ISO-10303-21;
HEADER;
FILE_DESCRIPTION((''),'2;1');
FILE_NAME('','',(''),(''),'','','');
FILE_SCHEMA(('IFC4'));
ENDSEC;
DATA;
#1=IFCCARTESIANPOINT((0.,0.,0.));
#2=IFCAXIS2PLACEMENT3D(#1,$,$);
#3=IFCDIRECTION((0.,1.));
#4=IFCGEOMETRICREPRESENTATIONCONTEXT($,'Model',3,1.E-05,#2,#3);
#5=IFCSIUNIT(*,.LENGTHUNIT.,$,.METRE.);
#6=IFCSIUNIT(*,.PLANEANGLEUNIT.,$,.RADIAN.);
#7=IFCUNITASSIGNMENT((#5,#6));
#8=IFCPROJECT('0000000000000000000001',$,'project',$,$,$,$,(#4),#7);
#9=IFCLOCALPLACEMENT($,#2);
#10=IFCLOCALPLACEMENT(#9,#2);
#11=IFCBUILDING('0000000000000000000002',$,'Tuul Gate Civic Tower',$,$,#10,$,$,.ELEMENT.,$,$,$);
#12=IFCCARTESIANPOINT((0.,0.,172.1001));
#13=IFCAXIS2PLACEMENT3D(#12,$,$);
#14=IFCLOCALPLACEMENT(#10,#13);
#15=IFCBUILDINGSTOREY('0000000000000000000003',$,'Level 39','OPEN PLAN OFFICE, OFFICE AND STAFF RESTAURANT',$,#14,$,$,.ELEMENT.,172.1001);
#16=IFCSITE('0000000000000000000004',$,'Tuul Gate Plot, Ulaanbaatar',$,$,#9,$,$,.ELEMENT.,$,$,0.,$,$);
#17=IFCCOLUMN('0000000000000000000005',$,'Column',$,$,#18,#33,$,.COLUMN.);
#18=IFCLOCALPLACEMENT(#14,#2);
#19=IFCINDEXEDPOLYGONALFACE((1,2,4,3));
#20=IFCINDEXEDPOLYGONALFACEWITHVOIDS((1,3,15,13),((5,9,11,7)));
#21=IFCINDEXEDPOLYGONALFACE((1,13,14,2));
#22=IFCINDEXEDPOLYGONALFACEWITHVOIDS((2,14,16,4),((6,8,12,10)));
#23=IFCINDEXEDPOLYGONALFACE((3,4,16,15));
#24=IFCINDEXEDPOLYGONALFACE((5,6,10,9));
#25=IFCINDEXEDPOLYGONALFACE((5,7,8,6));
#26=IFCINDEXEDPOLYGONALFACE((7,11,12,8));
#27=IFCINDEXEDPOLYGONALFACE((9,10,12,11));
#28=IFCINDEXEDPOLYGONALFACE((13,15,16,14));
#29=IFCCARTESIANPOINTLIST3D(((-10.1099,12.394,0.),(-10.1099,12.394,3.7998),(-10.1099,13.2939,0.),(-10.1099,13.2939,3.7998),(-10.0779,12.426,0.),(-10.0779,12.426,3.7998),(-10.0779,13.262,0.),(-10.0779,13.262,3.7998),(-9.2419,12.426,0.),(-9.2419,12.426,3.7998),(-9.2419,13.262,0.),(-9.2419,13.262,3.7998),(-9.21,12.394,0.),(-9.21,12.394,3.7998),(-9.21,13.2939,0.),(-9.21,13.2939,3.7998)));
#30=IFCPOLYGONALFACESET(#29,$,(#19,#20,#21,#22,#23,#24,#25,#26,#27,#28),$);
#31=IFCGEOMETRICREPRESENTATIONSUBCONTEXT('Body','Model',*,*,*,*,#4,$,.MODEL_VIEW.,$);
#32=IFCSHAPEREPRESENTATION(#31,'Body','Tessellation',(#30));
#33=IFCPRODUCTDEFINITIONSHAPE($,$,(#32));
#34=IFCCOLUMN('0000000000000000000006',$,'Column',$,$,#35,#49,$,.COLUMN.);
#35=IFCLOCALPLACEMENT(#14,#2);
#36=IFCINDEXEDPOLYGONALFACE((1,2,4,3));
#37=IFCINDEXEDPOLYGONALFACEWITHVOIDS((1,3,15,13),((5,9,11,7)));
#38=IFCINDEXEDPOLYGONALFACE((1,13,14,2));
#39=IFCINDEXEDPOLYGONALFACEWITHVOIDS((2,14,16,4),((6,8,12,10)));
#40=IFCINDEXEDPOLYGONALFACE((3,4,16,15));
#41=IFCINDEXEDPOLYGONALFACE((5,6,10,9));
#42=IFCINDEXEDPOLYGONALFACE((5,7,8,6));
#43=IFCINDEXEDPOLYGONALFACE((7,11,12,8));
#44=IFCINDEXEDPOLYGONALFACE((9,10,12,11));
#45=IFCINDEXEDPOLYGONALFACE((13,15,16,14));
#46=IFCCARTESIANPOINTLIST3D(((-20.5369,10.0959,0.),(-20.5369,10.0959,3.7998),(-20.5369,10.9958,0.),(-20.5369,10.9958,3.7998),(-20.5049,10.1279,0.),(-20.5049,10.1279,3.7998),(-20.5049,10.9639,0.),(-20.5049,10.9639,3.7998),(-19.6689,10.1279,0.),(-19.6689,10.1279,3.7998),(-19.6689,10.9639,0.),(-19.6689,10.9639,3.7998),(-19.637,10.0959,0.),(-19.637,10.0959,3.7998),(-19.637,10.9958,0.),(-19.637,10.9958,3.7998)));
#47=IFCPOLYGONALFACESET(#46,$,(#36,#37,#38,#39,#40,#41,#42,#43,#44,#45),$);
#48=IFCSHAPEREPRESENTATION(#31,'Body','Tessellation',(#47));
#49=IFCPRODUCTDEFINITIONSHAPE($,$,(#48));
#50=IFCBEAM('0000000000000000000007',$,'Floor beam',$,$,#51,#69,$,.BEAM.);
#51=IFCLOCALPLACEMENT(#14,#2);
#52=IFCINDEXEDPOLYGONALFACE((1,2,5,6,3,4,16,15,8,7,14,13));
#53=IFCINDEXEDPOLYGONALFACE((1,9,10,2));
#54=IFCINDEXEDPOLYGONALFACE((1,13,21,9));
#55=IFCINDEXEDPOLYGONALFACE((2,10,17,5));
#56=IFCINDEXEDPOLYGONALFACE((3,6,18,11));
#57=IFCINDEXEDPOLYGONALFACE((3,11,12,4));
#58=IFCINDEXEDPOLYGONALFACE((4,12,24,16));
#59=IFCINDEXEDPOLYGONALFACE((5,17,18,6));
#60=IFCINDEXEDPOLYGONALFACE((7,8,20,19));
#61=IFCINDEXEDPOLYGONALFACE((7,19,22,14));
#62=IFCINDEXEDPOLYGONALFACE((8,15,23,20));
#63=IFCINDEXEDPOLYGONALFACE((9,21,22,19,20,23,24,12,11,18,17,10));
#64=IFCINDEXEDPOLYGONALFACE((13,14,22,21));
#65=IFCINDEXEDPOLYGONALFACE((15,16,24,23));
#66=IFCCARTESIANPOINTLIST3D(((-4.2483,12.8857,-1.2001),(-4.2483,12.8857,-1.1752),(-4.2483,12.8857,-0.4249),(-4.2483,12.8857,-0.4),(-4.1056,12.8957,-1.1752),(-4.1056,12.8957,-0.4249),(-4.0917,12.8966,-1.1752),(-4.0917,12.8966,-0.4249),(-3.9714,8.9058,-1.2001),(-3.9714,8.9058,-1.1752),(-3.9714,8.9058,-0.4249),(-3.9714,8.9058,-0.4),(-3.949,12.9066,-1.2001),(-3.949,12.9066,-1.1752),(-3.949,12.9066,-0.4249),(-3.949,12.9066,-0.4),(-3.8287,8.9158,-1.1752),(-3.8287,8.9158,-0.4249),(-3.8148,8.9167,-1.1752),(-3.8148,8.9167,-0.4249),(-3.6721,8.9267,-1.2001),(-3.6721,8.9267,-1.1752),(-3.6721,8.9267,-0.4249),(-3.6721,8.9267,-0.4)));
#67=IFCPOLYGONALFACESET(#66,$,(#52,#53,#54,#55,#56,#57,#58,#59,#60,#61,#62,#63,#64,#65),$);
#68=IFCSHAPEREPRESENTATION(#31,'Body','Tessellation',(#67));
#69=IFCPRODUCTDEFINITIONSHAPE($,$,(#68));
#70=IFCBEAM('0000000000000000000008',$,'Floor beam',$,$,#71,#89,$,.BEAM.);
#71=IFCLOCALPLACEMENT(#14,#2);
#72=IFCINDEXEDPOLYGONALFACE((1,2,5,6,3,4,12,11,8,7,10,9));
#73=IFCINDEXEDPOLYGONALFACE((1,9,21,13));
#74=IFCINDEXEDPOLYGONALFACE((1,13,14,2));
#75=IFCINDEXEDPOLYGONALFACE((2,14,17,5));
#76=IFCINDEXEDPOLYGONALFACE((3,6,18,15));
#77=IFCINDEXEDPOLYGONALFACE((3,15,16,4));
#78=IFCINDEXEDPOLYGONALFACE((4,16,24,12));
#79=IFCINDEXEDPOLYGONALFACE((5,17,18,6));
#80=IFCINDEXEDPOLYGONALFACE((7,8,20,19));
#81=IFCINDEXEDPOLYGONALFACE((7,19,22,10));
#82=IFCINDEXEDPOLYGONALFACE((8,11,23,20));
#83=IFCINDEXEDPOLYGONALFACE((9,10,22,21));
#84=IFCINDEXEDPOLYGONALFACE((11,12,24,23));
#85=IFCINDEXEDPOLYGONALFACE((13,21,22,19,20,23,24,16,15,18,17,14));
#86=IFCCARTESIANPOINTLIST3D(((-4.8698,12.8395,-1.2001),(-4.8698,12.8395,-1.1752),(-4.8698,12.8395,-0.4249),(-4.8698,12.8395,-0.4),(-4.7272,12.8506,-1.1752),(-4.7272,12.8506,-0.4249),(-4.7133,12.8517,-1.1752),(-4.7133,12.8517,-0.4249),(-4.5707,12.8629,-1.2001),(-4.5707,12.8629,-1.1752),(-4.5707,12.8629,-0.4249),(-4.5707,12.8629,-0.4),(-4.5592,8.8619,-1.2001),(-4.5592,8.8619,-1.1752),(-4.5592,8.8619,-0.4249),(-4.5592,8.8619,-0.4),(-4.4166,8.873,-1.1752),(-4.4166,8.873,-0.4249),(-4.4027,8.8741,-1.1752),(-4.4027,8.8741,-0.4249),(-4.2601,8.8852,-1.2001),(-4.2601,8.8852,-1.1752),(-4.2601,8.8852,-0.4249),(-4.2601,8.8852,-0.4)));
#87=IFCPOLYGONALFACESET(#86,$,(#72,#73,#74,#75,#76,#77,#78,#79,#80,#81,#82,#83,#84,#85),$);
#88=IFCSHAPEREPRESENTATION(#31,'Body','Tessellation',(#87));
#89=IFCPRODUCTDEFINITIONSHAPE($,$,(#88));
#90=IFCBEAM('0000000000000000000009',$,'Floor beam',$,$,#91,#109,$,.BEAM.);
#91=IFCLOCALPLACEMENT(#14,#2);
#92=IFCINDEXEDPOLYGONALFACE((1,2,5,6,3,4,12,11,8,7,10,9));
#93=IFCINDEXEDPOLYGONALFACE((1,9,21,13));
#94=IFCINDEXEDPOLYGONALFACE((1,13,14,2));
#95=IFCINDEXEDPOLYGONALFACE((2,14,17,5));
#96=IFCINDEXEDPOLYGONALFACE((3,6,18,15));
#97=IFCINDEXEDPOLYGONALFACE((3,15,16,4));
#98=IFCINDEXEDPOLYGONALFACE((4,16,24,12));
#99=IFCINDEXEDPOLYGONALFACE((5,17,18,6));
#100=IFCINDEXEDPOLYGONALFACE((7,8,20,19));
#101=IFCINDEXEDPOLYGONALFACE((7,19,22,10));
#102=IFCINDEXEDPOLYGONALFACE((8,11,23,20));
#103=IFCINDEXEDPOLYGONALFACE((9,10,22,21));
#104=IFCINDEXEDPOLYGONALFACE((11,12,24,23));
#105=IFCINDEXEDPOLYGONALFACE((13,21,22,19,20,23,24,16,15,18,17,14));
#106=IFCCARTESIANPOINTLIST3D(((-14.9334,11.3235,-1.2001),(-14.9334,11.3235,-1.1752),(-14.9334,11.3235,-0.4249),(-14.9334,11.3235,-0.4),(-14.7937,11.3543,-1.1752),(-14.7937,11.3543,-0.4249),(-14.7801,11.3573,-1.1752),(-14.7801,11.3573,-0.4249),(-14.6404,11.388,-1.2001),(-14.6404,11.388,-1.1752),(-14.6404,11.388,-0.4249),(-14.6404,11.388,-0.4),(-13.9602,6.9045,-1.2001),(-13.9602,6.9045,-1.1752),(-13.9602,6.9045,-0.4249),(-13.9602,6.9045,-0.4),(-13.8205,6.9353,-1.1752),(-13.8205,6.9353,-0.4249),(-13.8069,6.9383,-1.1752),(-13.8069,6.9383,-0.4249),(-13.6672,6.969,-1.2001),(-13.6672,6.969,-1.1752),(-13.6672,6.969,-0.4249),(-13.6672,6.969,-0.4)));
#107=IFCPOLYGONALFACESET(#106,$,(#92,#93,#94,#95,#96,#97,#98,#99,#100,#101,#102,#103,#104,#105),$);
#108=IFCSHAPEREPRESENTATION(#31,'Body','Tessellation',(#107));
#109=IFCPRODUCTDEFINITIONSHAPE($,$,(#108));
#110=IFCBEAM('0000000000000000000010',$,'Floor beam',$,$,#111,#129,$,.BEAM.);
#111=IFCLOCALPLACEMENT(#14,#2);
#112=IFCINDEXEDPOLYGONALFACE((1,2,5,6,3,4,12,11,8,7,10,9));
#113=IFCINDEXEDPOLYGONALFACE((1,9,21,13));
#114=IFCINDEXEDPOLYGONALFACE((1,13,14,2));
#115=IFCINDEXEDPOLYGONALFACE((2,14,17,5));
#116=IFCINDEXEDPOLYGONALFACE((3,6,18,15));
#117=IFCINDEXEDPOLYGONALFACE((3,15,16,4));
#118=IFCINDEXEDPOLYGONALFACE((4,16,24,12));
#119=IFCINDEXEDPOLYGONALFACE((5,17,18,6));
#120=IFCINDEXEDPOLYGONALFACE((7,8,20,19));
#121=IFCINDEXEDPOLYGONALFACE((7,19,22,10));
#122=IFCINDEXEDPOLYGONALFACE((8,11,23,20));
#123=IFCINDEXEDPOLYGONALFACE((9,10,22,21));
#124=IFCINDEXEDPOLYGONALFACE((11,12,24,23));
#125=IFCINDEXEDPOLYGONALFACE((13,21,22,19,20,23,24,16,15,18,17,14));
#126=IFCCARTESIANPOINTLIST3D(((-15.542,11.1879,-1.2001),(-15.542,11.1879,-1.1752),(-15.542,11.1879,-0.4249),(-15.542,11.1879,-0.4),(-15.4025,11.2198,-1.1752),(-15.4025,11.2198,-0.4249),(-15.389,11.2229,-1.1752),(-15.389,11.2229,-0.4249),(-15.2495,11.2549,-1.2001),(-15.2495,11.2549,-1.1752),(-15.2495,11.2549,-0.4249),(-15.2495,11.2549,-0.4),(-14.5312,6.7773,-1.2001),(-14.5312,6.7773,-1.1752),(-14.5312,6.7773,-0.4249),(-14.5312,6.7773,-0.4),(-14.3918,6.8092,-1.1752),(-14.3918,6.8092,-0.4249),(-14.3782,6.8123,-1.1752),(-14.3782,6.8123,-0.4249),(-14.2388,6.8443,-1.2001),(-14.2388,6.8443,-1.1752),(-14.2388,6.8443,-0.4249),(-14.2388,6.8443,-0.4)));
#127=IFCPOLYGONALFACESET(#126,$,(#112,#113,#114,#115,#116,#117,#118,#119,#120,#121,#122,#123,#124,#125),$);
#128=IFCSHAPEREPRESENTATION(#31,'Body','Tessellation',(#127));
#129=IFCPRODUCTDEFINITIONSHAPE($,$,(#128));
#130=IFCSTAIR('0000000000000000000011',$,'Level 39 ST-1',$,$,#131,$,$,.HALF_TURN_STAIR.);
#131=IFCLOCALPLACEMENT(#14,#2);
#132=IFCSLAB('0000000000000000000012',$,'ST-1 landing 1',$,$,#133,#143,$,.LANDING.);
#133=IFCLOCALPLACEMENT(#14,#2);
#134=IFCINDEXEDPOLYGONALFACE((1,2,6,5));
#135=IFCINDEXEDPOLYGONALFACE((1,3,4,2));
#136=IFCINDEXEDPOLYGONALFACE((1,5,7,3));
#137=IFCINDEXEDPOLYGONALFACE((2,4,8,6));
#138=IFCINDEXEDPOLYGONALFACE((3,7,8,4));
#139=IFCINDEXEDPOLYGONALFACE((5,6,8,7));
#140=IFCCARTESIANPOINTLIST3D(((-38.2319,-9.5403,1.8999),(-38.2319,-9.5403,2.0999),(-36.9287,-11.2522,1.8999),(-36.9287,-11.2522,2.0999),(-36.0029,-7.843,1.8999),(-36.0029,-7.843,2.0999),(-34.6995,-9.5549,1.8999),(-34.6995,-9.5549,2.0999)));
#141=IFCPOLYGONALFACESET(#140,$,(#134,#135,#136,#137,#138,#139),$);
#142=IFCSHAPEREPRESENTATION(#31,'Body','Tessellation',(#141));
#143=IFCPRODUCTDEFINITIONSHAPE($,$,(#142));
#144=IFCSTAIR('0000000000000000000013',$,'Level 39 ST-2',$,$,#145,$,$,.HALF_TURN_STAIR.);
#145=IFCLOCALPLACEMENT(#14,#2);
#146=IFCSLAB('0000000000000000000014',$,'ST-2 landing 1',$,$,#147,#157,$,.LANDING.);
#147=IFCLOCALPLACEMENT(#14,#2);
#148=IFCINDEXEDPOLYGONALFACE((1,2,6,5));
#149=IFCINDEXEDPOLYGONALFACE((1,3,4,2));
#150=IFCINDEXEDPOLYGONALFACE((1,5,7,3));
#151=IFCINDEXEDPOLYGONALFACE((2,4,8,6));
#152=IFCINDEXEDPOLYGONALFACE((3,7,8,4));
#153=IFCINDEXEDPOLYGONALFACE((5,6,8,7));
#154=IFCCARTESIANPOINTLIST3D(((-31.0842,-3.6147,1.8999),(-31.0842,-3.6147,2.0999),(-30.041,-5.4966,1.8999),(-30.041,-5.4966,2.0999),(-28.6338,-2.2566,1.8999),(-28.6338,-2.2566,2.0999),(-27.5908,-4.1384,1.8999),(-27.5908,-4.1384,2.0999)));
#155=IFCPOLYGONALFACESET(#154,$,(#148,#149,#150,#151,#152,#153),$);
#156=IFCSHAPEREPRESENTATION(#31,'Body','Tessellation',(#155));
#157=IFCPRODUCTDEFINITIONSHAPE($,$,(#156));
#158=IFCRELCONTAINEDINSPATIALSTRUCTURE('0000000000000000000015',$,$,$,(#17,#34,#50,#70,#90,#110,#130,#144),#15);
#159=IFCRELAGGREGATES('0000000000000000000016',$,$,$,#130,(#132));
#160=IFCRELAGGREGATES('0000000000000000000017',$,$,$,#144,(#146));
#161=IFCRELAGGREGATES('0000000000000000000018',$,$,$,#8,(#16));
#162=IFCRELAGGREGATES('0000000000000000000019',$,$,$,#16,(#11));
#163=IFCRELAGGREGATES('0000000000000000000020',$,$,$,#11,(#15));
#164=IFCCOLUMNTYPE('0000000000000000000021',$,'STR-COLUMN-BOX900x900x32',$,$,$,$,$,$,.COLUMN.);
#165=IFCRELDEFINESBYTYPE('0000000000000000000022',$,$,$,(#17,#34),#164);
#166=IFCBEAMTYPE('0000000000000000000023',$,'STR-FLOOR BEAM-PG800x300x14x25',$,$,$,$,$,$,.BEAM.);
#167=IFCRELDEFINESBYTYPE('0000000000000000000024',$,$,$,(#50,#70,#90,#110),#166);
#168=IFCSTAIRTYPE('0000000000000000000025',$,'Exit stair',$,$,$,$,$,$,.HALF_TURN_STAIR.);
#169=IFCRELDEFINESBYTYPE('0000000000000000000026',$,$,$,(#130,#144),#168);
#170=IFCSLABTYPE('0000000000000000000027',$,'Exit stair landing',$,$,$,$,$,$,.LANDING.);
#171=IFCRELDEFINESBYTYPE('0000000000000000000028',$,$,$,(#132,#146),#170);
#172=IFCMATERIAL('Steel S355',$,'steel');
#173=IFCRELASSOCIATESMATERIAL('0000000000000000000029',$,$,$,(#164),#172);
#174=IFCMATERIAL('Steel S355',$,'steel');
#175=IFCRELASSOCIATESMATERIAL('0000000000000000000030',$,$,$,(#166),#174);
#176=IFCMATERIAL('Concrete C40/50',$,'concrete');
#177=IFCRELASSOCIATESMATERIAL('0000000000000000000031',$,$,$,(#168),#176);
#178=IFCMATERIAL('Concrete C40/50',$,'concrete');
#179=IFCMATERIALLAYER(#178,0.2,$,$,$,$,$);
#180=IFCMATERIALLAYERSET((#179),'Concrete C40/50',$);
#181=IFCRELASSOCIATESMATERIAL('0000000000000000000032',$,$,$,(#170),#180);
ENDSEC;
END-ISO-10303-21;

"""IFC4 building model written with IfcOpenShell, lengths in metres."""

from ifc_helpers import new_model, si_unit, direction, frame, origin, origin_2d, place, context, subcontext, project, spatial, polyline, hollow_rectangle, i_section, outline, extrude, material, layer, layer_set, material_profile, profile_set, type_object, element, aggregate, save


model = new_model("IFC4")

# Units and contexts
model_context = context("Model", 3, precision=1e-05, world=origin(), true_north=direction((0.0, 1.0)))
body_context = subcontext(model_context, "Body", "Model", "MODEL_VIEW")
ifc_project = project(units=[si_unit("LENGTHUNIT", "METRE"), si_unit("PLANEANGLEUNIT", "RADIAN")], contexts=[model_context])

# Site, building, storey
site_placement = place(None, origin())
site = spatial("IfcSite", under=ifc_project, at=site_placement, Name="Tuul Gate Plot, Ulaanbaatar", CompositionType="ELEMENT", RefElevation=0.0)
building_placement = place(site_placement, origin())
building = spatial("IfcBuilding", under=site, at=building_placement, Name="Tuul Gate Civic Tower", CompositionType="ELEMENT")
storey_placement = place(building_placement, frame((0.0, 0.0, 172.1001)))
storey = spatial("IfcBuildingStorey", under=building, at=storey_placement, Name="Level 39", Description="OPEN PLAN OFFICE, OFFICE AND STAFF RESTAURANT", CompositionType="ELEMENT", Elevation=172.1001)

# Columns
ifc_material_1 = material(Name="Steel S355", Category="steel")
ifc_material_profile_1 = material_profile(ifc_material_1, hollow_rectangle(XDim=0.8999, YDim=0.8999, WallThickness=0.032, at=origin_2d()), Name="BOX900x900x32")
ifc_profile_set_1 = profile_set([ifc_material_profile_1], Name="Steel S355")
column_type = type_object("IfcColumnType", Name="STR-COLUMN-BOX900x900x32", PredefinedType="COLUMN", material=ifc_profile_set_1)
for number, where, z_axis, x_axis, name in (
    (1, (-9.6599, 12.844, 0.0), (0.0, 0.0, 1.0), (1.0, 0.0, 0.0), "Column"),
    (2, (-20.0869, 10.5459, 0.0), (0.0, 0.0, 1.0), (1.0, 0.0, 0.0), "Column"),
):
    element("IfcColumn", number, at=place(storey_placement, frame(where, z_axis=z_axis, x_axis=x_axis)), inside=storey, type_object=column_type, Name=name, PredefinedType="COLUMN", context=body_context, shape_type="SweptSolid", body=[
        extrude(hollow_rectangle(XDim=0.8999, YDim=0.8999, WallThickness=0.032, at=origin_2d()), origin(), (0.0, 0.0, 1.0), 3.7998),
    ])

# Beams
ifc_material_2 = material(Name="Steel S355", Category="steel")
ifc_material_profile_2 = material_profile(ifc_material_2, i_section(OverallWidth=0.3, OverallDepth=0.8, WebThickness=0.0139, FlangeThickness=0.0249, at=origin_2d()), Name="PG800x300x14x25")
ifc_profile_set_2 = profile_set([ifc_material_profile_2], Name="Steel S355")
beam_type = type_object("IfcBeamType", Name="STR-FLOOR BEAM-PG800x300x14x25", PredefinedType="BEAM", material=ifc_profile_set_2)
beam_1_placement = place(storey_placement, frame((-3.8218, 8.9163, -0.8), z_axis=(-0.069394, 0.997589, 0.0), x_axis=(-0.997589, -0.069394, 0.0)))
element("IfcBeam", 3, at=beam_1_placement, inside=storey, type_object=beam_type, Name="Floor beam", PredefinedType="BEAM", context=body_context, shape_type="SweptSolid", body=[
    extrude(i_section(OverallWidth=0.3, OverallDepth=0.8, WebThickness=0.0139, FlangeThickness=0.0249, at=origin_2d()), origin(), (0.0, 0.0, 1.0), 3.9895),
])
beam_2_placement = place(storey_placement, frame((-4.4097, 8.8735, -0.8), z_axis=(-0.077838, 0.996966, 0.0), x_axis=(-0.996966, -0.077838, 0.0)))
element("IfcBeam", 4, at=beam_2_placement, inside=storey, type_object=beam_type, Name="Floor beam", PredefinedType="BEAM", context=body_context, shape_type="SweptSolid", body=[
    extrude(i_section(OverallWidth=0.3, OverallDepth=0.8, WebThickness=0.0139, FlangeThickness=0.0249, at=origin_2d()), origin(), (0.0, 0.0, 1.0), 3.9897),
])
for number, where, z_axis, x_axis, name in (
    (5, (-13.8137, 6.9368, -0.8), (-0.215068, 0.976599, 0.0), (-0.976599, -0.215068, 0.0), "Floor beam"),
    (6, (-14.385, 6.8108, -0.8), (-0.22337, 0.974734, 0.0), (-0.974734, -0.22337, 0.0), "Floor beam"),
):
    element("IfcBeam", number, at=place(storey_placement, frame(where, z_axis=z_axis, x_axis=x_axis)), inside=storey, type_object=beam_type, Name=name, PredefinedType="BEAM", context=body_context, shape_type="SweptSolid", body=[
        extrude(i_section(OverallWidth=0.3, OverallDepth=0.8, WebThickness=0.0139, FlangeThickness=0.0249, at=origin_2d()), origin(), (0.0, 0.0, 1.0), 4.5249),
    ])

# Stairs, slabs
ifc_material_3 = material(Name="Concrete C40/50", Category="concrete")
stair_type = type_object("IfcStairType", Name="Exit stair", PredefinedType="HALF_TURN_STAIR", material=ifc_material_3)
stair_1_placement = place(storey_placement, origin())
stair_1 = element("IfcStair", 7, at=stair_1_placement, inside=storey, type_object=stair_type, Name="Level 39 ST-1", PredefinedType="HALF_TURN_STAIR")
ifc_material_4 = material(Name="Concrete C40/50", Category="concrete")
ifc_layer_1 = layer(ifc_material_4, 0.2)
ifc_layer_set_1 = layer_set([ifc_layer_1], Name="Concrete C40/50")
slab_type = type_object("IfcSlabType", Name="Exit stair landing", PredefinedType="LANDING", material=ifc_layer_set_1)
slab_1_placement = place(storey_placement, frame((0.0, 0.0, 1.8999)))
slab_1 = element("IfcSlab", 8, at=slab_1_placement, type_object=slab_type, Name="ST-1 landing 1", PredefinedType="LANDING", context=body_context, shape_type="SweptSolid", body=[
    extrude(outline(polyline([(-34.6995, -9.5549), (-36.9287, -11.2522), (-38.2319, -9.5403), (-36.0029, -7.843), (-34.6995, -9.5549)])), origin(), (0.0, 0.0, 1.0), 0.2),
])
aggregate(stair_1, [slab_1])
stair_2_placement = place(storey_placement, origin())
stair_2 = element("IfcStair", 9, at=stair_2_placement, inside=storey, type_object=stair_type, Name="Level 39 ST-2", PredefinedType="HALF_TURN_STAIR")
slab_2_placement = place(storey_placement, frame((0.0, 0.0, 1.8999)))
slab_2 = element("IfcSlab", 10, at=slab_2_placement, type_object=slab_type, Name="ST-2 landing 1", PredefinedType="LANDING", context=body_context, shape_type="SweptSolid", body=[
    extrude(outline(polyline([(-27.5908, -4.1384), (-30.041, -5.4966), (-31.0842, -3.6147), (-28.6338, -2.2566), (-27.5908, -4.1384)])), origin(), (0.0, 0.0, 1.0), 0.2),
])
aggregate(stair_2, [slab_2])

save(model, "model.ifc")
